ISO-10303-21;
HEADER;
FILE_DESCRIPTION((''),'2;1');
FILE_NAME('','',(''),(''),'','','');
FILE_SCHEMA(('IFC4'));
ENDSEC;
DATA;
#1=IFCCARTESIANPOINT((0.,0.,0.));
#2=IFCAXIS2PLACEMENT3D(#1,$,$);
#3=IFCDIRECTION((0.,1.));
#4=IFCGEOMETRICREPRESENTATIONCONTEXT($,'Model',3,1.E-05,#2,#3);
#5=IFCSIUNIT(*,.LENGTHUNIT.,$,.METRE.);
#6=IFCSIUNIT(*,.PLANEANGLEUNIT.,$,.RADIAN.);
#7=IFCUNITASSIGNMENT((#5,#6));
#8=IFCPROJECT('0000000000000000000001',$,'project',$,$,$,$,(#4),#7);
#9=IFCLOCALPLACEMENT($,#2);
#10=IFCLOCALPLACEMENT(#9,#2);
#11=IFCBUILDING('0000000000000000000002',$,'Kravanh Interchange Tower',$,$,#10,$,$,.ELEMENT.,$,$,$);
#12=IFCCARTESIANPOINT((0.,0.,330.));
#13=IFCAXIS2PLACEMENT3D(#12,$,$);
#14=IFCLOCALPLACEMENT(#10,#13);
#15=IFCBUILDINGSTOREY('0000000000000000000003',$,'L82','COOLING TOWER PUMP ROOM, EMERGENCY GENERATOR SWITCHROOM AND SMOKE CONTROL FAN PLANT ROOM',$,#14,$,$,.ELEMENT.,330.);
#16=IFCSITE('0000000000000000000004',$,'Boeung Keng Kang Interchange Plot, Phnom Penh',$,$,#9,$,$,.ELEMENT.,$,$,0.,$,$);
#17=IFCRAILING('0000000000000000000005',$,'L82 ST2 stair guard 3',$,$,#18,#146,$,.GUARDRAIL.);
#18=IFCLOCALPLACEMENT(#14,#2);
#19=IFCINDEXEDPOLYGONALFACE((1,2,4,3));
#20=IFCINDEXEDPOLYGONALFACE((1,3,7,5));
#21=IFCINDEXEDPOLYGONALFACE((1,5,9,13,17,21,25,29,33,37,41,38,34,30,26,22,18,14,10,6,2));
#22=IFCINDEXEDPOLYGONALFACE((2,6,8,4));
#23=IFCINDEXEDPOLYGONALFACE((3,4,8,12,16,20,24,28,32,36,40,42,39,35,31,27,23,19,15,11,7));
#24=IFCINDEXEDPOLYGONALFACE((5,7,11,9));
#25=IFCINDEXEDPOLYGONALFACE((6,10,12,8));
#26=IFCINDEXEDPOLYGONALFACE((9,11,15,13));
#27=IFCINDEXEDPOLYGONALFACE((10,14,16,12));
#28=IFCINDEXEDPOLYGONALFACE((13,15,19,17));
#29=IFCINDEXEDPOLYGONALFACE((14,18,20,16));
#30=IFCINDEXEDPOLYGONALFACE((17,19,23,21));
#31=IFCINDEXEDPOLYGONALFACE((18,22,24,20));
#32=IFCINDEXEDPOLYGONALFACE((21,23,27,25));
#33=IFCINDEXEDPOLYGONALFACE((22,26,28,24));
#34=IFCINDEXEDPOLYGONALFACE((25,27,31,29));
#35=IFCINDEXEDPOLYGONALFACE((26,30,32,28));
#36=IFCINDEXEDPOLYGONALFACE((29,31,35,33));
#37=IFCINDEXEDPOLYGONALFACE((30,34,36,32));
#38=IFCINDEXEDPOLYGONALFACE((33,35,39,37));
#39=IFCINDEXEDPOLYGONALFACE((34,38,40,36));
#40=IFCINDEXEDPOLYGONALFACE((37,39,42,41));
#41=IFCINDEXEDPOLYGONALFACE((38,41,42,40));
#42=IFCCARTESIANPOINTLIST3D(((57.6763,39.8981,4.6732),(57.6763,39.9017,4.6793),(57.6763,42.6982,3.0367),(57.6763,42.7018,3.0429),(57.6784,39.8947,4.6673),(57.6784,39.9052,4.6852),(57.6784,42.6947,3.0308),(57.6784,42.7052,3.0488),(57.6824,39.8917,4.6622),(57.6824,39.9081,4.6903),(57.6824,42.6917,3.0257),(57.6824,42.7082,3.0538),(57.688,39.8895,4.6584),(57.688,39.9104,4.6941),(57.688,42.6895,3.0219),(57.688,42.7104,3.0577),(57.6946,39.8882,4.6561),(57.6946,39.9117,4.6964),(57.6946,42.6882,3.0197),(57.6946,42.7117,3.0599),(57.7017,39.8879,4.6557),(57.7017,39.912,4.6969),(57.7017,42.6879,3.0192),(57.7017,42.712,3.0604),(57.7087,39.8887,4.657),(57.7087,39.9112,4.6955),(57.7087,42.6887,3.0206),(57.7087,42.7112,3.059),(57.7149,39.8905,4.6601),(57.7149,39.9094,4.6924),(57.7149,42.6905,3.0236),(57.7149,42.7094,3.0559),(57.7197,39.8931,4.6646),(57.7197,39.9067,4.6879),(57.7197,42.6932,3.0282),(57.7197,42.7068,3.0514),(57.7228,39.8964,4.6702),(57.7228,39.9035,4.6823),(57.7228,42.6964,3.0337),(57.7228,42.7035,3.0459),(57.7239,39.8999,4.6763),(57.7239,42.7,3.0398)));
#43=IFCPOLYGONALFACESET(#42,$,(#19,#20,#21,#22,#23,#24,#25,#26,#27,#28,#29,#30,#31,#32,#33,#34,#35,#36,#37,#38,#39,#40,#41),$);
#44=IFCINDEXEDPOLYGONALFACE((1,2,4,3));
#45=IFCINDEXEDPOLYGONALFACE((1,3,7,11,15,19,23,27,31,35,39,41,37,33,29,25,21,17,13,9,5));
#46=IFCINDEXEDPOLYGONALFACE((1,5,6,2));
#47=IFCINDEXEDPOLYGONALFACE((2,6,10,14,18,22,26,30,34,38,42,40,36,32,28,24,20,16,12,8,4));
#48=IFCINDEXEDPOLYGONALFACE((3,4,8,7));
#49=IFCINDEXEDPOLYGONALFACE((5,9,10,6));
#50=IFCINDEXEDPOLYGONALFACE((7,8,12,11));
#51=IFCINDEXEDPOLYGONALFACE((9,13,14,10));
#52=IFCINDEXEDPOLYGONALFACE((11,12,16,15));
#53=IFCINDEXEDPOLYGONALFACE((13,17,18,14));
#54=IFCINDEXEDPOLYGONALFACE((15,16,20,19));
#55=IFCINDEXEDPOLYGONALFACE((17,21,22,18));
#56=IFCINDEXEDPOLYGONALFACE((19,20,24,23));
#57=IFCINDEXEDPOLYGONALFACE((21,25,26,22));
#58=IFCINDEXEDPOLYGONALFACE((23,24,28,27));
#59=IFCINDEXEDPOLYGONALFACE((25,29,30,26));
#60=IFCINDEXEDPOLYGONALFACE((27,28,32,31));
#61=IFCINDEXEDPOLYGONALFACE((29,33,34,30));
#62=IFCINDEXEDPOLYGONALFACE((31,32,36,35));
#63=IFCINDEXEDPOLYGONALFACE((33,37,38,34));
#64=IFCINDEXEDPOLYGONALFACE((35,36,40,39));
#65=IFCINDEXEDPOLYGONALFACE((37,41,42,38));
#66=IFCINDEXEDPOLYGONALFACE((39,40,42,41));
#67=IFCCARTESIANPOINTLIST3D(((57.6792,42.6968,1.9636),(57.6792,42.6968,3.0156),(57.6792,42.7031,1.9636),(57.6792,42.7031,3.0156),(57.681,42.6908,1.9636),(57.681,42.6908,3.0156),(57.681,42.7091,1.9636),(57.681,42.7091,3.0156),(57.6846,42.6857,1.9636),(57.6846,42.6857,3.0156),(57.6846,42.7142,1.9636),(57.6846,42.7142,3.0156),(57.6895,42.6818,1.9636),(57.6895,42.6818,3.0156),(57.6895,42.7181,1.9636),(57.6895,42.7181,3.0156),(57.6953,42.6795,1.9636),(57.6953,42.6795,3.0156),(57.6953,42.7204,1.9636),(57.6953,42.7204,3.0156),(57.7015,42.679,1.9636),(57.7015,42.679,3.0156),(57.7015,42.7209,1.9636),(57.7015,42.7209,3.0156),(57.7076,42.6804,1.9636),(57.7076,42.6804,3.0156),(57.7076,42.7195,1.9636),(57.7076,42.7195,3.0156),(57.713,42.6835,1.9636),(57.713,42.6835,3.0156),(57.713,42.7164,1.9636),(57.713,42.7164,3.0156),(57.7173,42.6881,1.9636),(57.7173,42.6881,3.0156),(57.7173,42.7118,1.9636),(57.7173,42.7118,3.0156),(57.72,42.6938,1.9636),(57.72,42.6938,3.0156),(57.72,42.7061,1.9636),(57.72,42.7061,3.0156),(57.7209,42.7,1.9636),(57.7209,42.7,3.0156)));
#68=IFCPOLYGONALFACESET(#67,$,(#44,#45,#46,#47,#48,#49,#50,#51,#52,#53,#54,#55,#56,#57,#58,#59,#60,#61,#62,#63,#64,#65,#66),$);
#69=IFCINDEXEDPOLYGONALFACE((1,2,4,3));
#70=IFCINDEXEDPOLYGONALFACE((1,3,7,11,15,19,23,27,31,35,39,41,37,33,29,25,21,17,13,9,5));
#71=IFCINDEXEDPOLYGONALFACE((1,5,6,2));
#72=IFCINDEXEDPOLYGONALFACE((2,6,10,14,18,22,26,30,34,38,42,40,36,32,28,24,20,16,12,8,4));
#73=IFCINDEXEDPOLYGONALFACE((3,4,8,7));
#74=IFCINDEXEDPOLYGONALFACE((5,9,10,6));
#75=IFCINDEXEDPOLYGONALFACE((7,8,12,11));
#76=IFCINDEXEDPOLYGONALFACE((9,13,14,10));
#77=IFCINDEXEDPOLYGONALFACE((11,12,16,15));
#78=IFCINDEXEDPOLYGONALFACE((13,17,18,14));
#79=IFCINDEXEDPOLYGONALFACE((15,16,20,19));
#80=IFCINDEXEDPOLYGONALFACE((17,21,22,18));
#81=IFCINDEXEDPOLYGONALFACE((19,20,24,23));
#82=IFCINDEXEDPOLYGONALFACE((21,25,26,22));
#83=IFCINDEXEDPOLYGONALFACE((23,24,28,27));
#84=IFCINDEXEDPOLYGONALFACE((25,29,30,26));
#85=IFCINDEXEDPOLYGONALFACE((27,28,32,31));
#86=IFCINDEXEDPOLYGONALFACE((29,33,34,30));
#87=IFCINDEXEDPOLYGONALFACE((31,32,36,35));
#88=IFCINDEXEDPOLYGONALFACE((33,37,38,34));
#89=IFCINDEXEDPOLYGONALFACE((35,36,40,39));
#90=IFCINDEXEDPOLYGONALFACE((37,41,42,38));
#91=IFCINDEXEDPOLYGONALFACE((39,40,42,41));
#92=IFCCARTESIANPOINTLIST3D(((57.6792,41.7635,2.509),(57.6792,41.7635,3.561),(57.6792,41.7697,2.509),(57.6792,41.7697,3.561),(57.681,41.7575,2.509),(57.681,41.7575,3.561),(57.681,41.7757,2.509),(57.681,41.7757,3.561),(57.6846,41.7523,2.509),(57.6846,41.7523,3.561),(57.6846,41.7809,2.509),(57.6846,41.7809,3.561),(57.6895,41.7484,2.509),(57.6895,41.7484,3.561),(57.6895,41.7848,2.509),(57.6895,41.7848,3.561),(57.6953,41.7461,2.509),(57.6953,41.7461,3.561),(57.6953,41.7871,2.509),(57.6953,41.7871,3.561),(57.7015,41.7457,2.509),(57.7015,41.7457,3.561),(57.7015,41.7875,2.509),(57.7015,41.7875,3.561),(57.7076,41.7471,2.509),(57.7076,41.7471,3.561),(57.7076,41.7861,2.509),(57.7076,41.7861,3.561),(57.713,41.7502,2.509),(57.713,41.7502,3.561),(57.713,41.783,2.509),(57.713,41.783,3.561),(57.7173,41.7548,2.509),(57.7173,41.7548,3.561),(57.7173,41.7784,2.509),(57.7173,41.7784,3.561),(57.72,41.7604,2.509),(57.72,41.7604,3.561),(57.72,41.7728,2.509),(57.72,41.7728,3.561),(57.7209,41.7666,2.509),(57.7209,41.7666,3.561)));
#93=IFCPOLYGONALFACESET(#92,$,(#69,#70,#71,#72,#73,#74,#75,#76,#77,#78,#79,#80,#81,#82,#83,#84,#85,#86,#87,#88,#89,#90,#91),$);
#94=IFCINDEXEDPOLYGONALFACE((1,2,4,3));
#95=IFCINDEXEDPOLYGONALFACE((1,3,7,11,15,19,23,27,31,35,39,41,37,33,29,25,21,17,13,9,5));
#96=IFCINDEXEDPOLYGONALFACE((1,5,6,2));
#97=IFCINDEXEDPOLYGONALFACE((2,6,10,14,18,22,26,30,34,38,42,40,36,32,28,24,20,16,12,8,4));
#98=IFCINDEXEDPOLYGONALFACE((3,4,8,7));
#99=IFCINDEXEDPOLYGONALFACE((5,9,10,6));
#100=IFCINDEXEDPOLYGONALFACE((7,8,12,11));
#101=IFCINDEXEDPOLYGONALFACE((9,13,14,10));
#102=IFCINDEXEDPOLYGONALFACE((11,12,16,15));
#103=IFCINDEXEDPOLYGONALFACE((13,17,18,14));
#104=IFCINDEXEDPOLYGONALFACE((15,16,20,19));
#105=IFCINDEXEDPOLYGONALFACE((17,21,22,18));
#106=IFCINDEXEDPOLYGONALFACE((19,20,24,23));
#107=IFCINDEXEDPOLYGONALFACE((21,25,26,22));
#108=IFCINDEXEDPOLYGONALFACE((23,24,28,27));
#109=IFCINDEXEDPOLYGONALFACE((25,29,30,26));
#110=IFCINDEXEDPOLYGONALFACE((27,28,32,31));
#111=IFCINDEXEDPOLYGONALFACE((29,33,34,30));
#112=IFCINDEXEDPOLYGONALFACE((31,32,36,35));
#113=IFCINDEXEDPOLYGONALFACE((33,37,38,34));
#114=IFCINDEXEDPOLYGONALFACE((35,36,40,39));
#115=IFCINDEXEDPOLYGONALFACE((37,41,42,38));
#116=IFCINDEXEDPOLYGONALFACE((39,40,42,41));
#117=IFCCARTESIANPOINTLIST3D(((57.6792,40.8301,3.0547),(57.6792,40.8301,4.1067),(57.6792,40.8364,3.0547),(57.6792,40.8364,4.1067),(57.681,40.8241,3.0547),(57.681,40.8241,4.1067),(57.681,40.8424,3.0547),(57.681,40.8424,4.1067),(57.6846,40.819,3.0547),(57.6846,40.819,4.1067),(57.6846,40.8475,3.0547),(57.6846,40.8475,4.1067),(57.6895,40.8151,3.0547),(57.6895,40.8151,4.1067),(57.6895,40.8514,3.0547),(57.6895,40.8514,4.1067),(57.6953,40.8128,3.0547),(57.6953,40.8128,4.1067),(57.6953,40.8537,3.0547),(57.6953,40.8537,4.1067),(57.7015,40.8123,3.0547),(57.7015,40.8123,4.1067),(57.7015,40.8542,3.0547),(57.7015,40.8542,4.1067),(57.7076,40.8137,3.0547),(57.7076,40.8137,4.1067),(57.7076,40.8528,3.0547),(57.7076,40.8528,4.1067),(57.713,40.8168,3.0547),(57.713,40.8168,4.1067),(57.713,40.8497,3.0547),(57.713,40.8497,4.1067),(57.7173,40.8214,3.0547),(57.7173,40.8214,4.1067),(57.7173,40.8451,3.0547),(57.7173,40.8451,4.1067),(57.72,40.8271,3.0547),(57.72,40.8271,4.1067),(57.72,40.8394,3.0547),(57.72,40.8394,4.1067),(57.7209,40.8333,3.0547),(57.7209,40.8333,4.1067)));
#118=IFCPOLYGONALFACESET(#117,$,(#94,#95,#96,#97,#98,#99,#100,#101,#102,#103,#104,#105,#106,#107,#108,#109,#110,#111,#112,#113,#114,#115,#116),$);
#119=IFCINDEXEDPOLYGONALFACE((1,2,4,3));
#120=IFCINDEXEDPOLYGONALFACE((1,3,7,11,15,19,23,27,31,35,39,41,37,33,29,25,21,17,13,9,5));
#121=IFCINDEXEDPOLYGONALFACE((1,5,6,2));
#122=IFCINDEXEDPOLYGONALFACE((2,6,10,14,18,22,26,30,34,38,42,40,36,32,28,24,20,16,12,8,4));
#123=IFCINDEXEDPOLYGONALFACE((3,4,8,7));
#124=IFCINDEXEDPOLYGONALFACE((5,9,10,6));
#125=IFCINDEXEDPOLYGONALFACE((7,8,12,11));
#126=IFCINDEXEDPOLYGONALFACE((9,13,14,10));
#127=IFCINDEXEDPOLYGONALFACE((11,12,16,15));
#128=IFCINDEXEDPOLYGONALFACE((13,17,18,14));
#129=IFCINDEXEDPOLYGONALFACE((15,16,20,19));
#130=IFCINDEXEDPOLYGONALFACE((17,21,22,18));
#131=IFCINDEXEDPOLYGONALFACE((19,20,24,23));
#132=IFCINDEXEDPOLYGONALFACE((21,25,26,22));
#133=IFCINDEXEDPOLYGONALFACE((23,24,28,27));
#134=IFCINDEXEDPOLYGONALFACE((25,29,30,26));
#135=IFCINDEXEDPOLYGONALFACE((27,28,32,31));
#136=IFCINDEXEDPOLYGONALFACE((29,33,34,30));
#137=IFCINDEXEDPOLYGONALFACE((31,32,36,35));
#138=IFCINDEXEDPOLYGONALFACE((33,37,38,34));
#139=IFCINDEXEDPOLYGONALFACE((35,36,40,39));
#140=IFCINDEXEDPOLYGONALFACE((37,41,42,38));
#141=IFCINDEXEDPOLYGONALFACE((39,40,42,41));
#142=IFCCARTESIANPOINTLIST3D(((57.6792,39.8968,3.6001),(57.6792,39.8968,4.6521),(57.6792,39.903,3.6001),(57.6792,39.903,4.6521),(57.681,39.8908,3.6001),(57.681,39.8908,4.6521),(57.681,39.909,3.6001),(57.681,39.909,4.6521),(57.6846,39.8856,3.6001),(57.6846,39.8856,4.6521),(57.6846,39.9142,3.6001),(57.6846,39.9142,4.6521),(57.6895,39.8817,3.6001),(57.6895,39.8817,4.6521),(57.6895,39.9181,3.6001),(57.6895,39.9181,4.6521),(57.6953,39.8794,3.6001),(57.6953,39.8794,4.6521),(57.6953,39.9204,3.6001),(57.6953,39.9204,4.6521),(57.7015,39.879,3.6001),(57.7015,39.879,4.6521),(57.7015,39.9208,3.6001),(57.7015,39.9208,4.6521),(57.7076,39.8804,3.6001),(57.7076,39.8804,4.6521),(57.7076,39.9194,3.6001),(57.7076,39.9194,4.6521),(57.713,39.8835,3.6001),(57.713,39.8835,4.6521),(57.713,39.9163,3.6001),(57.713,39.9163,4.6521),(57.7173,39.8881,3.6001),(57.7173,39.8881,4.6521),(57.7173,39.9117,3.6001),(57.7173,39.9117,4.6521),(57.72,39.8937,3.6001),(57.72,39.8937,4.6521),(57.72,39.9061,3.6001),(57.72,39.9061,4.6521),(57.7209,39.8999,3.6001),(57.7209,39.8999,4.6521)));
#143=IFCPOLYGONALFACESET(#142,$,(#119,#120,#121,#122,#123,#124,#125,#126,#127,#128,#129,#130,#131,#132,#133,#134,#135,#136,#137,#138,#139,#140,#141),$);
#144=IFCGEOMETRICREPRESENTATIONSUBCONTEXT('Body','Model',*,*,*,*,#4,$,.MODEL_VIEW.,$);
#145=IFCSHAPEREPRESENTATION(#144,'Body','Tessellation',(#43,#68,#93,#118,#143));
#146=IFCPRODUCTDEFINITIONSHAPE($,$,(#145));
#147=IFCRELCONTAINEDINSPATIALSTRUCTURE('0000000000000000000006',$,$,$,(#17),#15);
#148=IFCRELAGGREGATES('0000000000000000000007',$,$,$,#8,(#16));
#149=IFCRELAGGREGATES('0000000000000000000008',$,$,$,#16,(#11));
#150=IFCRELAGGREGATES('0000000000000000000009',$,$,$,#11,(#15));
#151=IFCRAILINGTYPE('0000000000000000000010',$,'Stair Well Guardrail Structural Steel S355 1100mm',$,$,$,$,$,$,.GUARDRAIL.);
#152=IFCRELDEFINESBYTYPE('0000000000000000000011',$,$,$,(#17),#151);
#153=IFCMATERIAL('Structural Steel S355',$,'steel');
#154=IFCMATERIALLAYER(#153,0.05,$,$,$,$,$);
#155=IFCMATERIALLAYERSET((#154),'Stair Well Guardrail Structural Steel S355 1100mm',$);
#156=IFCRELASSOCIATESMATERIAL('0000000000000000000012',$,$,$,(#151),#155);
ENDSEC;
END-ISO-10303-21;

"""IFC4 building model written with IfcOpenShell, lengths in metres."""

from ifc_helpers import new_model, si_unit, direction, frame, origin, origin_2d, place, context, subcontext, project, spatial, circle, extrude, material, layer, layer_set, type_object, element, save


model = new_model("IFC4")

# Units and contexts
model_context = context("Model", 3, precision=1e-05, world=origin(), true_north=direction((0.0, 1.0)))
body_context = subcontext(model_context, "Body", "Model", "MODEL_VIEW")
ifc_project = project(units=[si_unit("LENGTHUNIT", "METRE"), si_unit("PLANEANGLEUNIT", "RADIAN")], contexts=[model_context])

# Site, building, storey
site_placement = place(None, origin())
site = spatial("IfcSite", under=ifc_project, at=site_placement, Name="Boeung Keng Kang Interchange Plot, Phnom Penh", CompositionType="ELEMENT", RefElevation=0.0)
building_placement = place(site_placement, origin())
building = spatial("IfcBuilding", under=site, at=building_placement, Name="Kravanh Interchange Tower", CompositionType="ELEMENT")
storey_placement = place(building_placement, frame((0.0, 0.0, 330.0)))
storey = spatial("IfcBuildingStorey", under=building, at=storey_placement, Name="L82", Description="COOLING TOWER PUMP ROOM, EMERGENCY GENERATOR SWITCHROOM AND SMOKE CONTROL FAN PLANT ROOM", CompositionType="ELEMENT", Elevation=330.0)

# Railing
ifc_material_1 = material(Name="Structural Steel S355", Category="steel")
ifc_layer_1 = layer(ifc_material_1, 0.05)
ifc_layer_set_1 = layer_set([ifc_layer_1], Name="Stair Well Guardrail Structural Steel S355 1100mm")
railing_type_1 = type_object("IfcRailingType", Name="Stair Well Guardrail Structural Steel S355 1100mm", PredefinedType="GUARDRAIL", material=ifc_layer_set_1)
railing_1_placement = place(storey_placement, frame((57.7, 42.7, 1.9636)))
element("IfcRailing", 1, at=railing_1_placement, inside=storey, type_object=railing_type_1, Name="L82 ST2 stair guard 3", PredefinedType="GUARDRAIL", context=body_context, shape_type="SweptSolid", body=[
    extrude(circle(Radius=0.0239, at=origin_2d()), frame((0.0, 0.0, 1.0762), z_axis=(0.0, -0.863361, 0.504587), x_axis=(1.0, 0.0, 0.0)), (0.0, 0.0, 1.0), 3.2432),
    extrude(circle(Radius=0.021, at=origin_2d()), origin(), (0.0, 0.0, 1.0), 1.052),
    extrude(circle(Radius=0.021, at=origin_2d()), frame((0.0, -0.9333, 0.5454)), (0.0, 0.0, 1.0), 1.052),
    extrude(circle(Radius=0.021, at=origin_2d()), frame((0.0, -1.8667, 1.0911)), (0.0, 0.0, 1.0), 1.052),
    extrude(circle(Radius=0.021, at=origin_2d()), frame((0.0, -2.8, 1.6365)), (0.0, 0.0, 1.0), 1.052),
])

save(model, "model.ifc")
